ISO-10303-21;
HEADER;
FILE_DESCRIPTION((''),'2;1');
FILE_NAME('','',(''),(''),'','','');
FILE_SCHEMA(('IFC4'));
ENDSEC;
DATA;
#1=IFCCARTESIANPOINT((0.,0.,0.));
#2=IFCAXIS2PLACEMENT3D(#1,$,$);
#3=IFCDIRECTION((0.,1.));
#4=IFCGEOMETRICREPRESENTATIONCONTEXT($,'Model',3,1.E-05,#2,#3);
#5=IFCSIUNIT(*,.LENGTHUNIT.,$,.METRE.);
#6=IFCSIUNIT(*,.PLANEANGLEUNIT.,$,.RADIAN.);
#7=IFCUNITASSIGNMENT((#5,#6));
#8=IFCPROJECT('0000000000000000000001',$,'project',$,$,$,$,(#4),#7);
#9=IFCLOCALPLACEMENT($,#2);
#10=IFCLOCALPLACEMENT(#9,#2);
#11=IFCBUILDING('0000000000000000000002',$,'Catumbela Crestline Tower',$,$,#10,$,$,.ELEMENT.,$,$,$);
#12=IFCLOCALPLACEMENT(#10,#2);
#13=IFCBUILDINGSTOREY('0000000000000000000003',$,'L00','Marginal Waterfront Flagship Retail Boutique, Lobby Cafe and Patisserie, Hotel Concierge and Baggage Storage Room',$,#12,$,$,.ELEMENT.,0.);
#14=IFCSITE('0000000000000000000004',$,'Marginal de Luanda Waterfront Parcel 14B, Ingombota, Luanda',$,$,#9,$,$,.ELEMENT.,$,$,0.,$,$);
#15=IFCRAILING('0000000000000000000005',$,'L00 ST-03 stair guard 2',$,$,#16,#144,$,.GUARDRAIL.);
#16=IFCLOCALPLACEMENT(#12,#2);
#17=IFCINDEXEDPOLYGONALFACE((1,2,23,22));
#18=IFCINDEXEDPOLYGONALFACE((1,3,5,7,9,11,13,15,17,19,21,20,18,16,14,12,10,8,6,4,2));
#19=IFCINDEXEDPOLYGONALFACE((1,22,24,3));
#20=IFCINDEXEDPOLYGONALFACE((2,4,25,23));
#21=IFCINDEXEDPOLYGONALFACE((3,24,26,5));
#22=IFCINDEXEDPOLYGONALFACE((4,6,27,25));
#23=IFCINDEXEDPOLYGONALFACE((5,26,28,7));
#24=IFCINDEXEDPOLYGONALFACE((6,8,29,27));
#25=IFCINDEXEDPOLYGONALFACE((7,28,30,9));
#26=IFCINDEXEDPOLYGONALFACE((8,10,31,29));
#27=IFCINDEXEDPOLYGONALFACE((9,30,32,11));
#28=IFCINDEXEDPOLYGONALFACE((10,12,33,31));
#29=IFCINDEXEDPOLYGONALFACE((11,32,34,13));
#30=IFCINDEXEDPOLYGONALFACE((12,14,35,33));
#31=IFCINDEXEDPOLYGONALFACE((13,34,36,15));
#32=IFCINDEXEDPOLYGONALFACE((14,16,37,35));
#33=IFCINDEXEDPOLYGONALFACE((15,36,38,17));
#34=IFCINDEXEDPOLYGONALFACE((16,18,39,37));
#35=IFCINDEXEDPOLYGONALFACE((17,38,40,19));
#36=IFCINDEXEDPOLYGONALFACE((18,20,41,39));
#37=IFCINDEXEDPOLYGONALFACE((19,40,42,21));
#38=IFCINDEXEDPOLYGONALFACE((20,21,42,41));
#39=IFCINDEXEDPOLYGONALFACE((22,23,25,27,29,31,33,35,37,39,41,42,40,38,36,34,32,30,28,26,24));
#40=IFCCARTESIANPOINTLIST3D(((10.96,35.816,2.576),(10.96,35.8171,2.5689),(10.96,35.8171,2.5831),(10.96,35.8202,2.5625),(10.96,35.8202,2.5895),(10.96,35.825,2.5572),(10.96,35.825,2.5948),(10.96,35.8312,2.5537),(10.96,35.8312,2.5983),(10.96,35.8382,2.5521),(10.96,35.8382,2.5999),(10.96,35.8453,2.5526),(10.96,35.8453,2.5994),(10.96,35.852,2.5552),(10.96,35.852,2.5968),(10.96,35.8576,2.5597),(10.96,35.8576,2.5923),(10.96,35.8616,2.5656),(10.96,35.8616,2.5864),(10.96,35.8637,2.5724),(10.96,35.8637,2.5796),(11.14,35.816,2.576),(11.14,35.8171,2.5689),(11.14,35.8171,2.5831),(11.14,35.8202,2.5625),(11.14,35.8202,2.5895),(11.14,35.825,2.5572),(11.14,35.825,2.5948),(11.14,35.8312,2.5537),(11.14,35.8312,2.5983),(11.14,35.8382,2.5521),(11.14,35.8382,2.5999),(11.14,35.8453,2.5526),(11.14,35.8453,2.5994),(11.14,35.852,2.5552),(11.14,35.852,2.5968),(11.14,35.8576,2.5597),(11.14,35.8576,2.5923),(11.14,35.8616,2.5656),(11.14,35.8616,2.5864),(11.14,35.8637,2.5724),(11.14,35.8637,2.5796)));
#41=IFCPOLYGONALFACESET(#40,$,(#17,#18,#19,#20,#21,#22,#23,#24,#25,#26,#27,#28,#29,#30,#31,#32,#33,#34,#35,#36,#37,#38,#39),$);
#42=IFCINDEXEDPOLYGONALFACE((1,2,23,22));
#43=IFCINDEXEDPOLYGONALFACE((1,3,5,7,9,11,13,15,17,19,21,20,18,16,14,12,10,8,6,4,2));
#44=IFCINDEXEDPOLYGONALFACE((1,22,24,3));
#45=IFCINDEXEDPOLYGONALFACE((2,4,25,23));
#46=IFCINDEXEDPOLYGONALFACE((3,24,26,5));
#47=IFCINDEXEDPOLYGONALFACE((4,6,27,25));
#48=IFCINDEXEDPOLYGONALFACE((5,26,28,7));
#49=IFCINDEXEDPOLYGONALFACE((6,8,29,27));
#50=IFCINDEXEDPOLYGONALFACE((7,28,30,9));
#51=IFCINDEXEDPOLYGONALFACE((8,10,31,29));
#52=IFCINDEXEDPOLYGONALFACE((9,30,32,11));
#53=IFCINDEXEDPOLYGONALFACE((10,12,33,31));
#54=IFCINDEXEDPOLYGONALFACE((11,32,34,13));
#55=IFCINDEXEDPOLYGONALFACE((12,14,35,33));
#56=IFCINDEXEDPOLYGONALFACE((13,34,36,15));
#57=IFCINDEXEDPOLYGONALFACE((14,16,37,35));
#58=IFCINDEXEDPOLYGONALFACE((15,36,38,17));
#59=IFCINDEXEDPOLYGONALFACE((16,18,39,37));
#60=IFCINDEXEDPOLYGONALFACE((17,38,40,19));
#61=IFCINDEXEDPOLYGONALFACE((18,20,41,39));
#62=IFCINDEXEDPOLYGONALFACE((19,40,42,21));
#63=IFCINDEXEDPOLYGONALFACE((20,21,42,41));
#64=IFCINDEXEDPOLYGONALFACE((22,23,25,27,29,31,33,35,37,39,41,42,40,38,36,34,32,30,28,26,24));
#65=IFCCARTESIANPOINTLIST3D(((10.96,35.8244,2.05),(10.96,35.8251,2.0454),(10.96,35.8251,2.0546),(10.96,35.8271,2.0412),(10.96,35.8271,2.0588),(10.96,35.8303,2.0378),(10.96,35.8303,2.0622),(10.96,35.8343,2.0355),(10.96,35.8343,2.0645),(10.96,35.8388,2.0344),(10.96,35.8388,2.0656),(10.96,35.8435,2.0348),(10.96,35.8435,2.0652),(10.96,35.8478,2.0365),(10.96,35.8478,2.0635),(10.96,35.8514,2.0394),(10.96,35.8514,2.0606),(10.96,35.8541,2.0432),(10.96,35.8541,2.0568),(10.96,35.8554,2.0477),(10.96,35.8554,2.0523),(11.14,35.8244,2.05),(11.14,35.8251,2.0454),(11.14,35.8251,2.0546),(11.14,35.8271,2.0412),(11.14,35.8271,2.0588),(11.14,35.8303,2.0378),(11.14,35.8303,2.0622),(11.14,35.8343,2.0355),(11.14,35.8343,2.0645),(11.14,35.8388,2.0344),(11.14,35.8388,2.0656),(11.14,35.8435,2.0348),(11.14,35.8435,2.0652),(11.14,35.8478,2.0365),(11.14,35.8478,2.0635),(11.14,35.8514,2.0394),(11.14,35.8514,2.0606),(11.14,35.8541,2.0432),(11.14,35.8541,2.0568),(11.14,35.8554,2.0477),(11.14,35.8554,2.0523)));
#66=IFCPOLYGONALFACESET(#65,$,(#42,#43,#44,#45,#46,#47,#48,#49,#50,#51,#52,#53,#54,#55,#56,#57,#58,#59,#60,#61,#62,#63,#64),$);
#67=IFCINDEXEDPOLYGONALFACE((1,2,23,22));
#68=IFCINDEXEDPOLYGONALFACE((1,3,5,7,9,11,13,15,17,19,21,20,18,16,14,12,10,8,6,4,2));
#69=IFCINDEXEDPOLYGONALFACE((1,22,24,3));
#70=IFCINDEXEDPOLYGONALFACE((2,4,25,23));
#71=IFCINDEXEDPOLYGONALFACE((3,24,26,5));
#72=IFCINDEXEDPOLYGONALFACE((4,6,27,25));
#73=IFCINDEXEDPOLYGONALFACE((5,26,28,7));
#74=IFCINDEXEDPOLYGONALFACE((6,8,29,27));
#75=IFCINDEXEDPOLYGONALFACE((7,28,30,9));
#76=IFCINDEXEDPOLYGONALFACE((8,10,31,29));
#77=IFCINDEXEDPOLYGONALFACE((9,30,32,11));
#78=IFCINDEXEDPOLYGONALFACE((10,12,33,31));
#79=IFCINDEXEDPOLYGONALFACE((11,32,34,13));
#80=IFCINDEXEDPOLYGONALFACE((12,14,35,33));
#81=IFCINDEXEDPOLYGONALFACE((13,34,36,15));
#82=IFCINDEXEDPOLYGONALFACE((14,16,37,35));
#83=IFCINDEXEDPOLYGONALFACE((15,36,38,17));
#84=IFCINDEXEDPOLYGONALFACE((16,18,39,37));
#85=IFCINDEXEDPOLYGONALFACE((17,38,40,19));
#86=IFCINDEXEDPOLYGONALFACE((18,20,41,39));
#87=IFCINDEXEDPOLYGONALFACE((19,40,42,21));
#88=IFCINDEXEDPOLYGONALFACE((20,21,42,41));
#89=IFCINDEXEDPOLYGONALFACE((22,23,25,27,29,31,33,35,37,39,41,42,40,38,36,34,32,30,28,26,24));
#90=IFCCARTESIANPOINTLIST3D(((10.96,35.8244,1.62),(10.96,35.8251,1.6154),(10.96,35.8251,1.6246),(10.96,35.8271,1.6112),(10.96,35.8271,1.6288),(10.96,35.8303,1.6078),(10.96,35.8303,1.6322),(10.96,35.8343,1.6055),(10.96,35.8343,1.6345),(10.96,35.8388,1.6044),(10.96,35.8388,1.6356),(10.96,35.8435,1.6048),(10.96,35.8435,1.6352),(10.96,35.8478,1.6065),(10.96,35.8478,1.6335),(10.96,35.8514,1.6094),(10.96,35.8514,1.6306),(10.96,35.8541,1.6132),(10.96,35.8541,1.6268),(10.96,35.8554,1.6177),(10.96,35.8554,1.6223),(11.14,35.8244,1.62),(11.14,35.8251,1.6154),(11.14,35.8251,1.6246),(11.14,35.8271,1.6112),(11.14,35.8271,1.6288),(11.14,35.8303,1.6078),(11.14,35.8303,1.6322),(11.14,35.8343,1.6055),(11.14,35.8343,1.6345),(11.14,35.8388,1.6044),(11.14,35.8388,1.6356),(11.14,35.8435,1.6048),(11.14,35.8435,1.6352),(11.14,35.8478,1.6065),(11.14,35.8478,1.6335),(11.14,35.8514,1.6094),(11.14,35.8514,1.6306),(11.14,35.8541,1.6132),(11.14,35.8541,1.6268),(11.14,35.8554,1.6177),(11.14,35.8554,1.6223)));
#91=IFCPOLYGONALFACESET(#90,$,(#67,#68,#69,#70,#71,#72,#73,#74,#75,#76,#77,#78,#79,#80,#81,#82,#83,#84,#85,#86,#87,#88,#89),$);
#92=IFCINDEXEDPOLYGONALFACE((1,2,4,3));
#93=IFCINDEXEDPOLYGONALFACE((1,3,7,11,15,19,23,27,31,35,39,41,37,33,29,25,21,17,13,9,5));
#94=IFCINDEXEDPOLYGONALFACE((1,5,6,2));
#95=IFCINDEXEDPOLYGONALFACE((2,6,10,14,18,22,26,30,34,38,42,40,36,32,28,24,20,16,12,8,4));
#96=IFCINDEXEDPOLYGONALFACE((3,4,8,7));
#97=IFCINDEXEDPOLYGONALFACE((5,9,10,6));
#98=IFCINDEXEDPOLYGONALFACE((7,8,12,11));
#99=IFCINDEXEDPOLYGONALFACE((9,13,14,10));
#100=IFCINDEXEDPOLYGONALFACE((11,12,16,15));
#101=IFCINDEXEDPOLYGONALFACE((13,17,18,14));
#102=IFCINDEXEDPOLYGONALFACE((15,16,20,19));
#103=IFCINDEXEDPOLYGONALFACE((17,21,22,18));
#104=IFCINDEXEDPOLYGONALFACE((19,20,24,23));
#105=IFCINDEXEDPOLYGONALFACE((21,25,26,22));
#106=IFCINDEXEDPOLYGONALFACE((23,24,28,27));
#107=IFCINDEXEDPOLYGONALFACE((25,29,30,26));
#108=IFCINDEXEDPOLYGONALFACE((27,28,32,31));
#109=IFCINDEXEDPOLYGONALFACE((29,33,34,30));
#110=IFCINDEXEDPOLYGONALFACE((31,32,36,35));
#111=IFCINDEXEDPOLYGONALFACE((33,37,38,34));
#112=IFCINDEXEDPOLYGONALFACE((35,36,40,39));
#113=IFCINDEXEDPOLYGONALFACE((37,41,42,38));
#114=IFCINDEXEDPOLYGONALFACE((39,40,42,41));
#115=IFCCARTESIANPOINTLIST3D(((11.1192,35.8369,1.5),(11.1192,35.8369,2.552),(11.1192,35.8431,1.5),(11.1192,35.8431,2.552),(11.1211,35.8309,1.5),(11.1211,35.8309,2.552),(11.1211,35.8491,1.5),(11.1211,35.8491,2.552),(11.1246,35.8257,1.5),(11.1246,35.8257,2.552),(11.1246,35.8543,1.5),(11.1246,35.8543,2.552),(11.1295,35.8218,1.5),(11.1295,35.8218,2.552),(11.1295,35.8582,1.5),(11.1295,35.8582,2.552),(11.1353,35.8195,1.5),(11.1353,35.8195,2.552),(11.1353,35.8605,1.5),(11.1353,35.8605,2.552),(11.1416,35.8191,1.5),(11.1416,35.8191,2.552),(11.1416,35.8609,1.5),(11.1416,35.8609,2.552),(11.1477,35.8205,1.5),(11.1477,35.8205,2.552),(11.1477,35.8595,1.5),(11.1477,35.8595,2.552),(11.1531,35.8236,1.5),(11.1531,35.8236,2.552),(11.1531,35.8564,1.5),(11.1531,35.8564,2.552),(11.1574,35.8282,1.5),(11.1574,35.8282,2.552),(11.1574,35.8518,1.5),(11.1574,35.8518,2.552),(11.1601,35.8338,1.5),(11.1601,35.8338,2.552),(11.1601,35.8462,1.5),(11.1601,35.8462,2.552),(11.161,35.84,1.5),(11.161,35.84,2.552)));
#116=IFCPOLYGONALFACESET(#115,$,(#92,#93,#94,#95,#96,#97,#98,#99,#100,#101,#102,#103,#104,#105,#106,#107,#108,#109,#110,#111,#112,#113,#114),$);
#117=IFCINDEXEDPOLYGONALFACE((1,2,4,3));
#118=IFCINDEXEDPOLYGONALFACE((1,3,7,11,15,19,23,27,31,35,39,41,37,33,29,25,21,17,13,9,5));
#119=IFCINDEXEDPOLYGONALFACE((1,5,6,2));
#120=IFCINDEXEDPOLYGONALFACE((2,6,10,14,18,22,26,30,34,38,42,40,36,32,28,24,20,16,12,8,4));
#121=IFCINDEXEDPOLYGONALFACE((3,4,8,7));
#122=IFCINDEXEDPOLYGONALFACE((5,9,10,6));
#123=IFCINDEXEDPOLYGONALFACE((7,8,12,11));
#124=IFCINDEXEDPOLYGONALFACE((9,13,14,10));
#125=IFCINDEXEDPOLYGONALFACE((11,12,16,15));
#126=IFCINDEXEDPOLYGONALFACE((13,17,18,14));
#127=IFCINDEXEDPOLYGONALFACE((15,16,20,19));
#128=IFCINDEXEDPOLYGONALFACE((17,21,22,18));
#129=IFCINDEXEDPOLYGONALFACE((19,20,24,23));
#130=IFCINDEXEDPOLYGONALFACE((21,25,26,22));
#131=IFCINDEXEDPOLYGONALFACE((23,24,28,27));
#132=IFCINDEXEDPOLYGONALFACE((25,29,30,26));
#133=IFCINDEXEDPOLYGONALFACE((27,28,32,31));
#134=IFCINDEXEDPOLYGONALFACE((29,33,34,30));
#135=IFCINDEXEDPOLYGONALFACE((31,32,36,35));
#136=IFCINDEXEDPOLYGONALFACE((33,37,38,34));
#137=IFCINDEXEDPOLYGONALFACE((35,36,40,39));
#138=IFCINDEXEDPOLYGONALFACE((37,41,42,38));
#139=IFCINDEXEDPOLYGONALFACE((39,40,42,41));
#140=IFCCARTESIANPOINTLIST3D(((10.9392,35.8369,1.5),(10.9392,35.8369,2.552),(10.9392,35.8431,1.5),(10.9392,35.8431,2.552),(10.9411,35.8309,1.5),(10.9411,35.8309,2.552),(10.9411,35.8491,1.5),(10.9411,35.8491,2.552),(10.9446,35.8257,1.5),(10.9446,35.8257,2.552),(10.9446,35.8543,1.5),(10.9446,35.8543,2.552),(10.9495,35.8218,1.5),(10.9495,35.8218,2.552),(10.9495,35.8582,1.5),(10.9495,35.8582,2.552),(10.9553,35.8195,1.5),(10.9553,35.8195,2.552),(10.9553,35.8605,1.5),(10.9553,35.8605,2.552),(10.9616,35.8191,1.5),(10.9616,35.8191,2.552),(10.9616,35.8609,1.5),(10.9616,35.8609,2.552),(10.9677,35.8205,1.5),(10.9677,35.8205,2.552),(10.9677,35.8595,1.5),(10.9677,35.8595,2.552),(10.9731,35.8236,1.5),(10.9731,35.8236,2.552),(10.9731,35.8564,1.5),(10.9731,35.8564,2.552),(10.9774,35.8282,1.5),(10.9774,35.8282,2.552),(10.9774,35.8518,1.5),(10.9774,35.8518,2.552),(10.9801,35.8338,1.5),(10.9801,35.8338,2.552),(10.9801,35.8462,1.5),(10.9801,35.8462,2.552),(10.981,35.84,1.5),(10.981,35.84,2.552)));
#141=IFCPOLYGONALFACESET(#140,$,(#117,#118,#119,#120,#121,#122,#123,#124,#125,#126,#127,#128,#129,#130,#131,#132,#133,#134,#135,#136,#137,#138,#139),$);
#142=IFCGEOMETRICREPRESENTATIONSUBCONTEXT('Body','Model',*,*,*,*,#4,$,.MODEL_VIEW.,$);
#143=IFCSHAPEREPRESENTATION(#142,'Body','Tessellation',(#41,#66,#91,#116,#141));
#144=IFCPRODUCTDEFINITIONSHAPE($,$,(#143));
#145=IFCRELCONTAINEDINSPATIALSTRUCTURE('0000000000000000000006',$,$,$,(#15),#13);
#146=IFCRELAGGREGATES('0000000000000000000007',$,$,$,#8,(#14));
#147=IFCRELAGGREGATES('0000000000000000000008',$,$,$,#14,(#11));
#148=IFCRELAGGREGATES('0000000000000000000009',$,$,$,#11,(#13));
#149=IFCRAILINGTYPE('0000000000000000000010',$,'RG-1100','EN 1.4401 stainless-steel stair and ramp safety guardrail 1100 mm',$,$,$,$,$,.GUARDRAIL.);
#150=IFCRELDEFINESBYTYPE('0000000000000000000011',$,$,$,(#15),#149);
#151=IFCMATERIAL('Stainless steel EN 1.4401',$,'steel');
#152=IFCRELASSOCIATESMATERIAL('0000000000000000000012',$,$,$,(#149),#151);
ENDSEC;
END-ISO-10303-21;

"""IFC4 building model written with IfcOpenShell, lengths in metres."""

from ifc_helpers import new_model, si_unit, direction, frame, origin, origin_2d, place, context, subcontext, project, spatial, circle, extrude, material, type_object, element, save


model = new_model("IFC4")

# Units and contexts
model_context = context("Model", 3, precision=1e-05, world=origin(), true_north=direction((0.0, 1.0)))
body_context = subcontext(model_context, "Body", "Model", "MODEL_VIEW")
ifc_project = project(units=[si_unit("LENGTHUNIT", "METRE"), si_unit("PLANEANGLEUNIT", "RADIAN")], contexts=[model_context])

# Site, building, storey
site_placement = place(None, origin())
site = spatial("IfcSite", under=ifc_project, at=site_placement, Name="Marginal de Luanda Waterfront Parcel 14B, Ingombota, Luanda", CompositionType="ELEMENT", RefElevation=0.0)
building_placement = place(site_placement, origin())
building = spatial("IfcBuilding", under=site, at=building_placement, Name="Catumbela Crestline Tower", CompositionType="ELEMENT")
storey_placement = place(building_placement, origin())
storey = spatial("IfcBuildingStorey", under=building, at=storey_placement, Name="L00", Description="Marginal Waterfront Flagship Retail Boutique, Lobby Cafe and Patisserie, Hotel Concierge and Baggage Storage Room", CompositionType="ELEMENT", Elevation=0.0)

# Railing
ifc_material_1 = material(Name="Stainless steel EN 1.4401", Category="steel")
railing_type = type_object("IfcRailingType", Name="RG-1100", Description="EN 1.4401 stainless-steel stair and ramp safety guardrail 1100 mm", PredefinedType="GUARDRAIL", material=ifc_material_1)
railing_placement = place(storey_placement, frame((11.14, 35.84, 1.5)))
element("IfcRailing", 1, at=railing_placement, inside=storey, type_object=railing_type, Name="L00 ST-03 stair guard 2", PredefinedType="GUARDRAIL", context=body_context, shape_type="SweptSolid", body=[
    extrude(circle(Radius=0.024, at=origin_2d()), frame((0.0, 0.0, 1.076), z_axis=(-1.0, 0.0, 0.0), x_axis=(0.0, -1.0, 0.0)), (0.0, 0.0, 1.0), 0.18),
    extrude(circle(Radius=0.0156, at=origin_2d()), frame((0.0, 0.0, 0.55), z_axis=(-1.0, 0.0, 0.0), x_axis=(0.0, -1.0, 0.0)), (0.0, 0.0, 1.0), 0.18),
    extrude(circle(Radius=0.0156, at=origin_2d()), frame((0.0, 0.0, 0.12), z_axis=(-1.0, 0.0, 0.0), x_axis=(0.0, -1.0, 0.0)), (0.0, 0.0, 1.0), 0.18),
    extrude(circle(Radius=0.021, at=origin_2d()), origin(), (0.0, 0.0, 1.0), 1.052),
    extrude(circle(Radius=0.021, at=origin_2d()), frame((-0.18, 0.0, 0.0)), (0.0, 0.0, 1.0), 1.052),
])

save(model, "model.ifc")
